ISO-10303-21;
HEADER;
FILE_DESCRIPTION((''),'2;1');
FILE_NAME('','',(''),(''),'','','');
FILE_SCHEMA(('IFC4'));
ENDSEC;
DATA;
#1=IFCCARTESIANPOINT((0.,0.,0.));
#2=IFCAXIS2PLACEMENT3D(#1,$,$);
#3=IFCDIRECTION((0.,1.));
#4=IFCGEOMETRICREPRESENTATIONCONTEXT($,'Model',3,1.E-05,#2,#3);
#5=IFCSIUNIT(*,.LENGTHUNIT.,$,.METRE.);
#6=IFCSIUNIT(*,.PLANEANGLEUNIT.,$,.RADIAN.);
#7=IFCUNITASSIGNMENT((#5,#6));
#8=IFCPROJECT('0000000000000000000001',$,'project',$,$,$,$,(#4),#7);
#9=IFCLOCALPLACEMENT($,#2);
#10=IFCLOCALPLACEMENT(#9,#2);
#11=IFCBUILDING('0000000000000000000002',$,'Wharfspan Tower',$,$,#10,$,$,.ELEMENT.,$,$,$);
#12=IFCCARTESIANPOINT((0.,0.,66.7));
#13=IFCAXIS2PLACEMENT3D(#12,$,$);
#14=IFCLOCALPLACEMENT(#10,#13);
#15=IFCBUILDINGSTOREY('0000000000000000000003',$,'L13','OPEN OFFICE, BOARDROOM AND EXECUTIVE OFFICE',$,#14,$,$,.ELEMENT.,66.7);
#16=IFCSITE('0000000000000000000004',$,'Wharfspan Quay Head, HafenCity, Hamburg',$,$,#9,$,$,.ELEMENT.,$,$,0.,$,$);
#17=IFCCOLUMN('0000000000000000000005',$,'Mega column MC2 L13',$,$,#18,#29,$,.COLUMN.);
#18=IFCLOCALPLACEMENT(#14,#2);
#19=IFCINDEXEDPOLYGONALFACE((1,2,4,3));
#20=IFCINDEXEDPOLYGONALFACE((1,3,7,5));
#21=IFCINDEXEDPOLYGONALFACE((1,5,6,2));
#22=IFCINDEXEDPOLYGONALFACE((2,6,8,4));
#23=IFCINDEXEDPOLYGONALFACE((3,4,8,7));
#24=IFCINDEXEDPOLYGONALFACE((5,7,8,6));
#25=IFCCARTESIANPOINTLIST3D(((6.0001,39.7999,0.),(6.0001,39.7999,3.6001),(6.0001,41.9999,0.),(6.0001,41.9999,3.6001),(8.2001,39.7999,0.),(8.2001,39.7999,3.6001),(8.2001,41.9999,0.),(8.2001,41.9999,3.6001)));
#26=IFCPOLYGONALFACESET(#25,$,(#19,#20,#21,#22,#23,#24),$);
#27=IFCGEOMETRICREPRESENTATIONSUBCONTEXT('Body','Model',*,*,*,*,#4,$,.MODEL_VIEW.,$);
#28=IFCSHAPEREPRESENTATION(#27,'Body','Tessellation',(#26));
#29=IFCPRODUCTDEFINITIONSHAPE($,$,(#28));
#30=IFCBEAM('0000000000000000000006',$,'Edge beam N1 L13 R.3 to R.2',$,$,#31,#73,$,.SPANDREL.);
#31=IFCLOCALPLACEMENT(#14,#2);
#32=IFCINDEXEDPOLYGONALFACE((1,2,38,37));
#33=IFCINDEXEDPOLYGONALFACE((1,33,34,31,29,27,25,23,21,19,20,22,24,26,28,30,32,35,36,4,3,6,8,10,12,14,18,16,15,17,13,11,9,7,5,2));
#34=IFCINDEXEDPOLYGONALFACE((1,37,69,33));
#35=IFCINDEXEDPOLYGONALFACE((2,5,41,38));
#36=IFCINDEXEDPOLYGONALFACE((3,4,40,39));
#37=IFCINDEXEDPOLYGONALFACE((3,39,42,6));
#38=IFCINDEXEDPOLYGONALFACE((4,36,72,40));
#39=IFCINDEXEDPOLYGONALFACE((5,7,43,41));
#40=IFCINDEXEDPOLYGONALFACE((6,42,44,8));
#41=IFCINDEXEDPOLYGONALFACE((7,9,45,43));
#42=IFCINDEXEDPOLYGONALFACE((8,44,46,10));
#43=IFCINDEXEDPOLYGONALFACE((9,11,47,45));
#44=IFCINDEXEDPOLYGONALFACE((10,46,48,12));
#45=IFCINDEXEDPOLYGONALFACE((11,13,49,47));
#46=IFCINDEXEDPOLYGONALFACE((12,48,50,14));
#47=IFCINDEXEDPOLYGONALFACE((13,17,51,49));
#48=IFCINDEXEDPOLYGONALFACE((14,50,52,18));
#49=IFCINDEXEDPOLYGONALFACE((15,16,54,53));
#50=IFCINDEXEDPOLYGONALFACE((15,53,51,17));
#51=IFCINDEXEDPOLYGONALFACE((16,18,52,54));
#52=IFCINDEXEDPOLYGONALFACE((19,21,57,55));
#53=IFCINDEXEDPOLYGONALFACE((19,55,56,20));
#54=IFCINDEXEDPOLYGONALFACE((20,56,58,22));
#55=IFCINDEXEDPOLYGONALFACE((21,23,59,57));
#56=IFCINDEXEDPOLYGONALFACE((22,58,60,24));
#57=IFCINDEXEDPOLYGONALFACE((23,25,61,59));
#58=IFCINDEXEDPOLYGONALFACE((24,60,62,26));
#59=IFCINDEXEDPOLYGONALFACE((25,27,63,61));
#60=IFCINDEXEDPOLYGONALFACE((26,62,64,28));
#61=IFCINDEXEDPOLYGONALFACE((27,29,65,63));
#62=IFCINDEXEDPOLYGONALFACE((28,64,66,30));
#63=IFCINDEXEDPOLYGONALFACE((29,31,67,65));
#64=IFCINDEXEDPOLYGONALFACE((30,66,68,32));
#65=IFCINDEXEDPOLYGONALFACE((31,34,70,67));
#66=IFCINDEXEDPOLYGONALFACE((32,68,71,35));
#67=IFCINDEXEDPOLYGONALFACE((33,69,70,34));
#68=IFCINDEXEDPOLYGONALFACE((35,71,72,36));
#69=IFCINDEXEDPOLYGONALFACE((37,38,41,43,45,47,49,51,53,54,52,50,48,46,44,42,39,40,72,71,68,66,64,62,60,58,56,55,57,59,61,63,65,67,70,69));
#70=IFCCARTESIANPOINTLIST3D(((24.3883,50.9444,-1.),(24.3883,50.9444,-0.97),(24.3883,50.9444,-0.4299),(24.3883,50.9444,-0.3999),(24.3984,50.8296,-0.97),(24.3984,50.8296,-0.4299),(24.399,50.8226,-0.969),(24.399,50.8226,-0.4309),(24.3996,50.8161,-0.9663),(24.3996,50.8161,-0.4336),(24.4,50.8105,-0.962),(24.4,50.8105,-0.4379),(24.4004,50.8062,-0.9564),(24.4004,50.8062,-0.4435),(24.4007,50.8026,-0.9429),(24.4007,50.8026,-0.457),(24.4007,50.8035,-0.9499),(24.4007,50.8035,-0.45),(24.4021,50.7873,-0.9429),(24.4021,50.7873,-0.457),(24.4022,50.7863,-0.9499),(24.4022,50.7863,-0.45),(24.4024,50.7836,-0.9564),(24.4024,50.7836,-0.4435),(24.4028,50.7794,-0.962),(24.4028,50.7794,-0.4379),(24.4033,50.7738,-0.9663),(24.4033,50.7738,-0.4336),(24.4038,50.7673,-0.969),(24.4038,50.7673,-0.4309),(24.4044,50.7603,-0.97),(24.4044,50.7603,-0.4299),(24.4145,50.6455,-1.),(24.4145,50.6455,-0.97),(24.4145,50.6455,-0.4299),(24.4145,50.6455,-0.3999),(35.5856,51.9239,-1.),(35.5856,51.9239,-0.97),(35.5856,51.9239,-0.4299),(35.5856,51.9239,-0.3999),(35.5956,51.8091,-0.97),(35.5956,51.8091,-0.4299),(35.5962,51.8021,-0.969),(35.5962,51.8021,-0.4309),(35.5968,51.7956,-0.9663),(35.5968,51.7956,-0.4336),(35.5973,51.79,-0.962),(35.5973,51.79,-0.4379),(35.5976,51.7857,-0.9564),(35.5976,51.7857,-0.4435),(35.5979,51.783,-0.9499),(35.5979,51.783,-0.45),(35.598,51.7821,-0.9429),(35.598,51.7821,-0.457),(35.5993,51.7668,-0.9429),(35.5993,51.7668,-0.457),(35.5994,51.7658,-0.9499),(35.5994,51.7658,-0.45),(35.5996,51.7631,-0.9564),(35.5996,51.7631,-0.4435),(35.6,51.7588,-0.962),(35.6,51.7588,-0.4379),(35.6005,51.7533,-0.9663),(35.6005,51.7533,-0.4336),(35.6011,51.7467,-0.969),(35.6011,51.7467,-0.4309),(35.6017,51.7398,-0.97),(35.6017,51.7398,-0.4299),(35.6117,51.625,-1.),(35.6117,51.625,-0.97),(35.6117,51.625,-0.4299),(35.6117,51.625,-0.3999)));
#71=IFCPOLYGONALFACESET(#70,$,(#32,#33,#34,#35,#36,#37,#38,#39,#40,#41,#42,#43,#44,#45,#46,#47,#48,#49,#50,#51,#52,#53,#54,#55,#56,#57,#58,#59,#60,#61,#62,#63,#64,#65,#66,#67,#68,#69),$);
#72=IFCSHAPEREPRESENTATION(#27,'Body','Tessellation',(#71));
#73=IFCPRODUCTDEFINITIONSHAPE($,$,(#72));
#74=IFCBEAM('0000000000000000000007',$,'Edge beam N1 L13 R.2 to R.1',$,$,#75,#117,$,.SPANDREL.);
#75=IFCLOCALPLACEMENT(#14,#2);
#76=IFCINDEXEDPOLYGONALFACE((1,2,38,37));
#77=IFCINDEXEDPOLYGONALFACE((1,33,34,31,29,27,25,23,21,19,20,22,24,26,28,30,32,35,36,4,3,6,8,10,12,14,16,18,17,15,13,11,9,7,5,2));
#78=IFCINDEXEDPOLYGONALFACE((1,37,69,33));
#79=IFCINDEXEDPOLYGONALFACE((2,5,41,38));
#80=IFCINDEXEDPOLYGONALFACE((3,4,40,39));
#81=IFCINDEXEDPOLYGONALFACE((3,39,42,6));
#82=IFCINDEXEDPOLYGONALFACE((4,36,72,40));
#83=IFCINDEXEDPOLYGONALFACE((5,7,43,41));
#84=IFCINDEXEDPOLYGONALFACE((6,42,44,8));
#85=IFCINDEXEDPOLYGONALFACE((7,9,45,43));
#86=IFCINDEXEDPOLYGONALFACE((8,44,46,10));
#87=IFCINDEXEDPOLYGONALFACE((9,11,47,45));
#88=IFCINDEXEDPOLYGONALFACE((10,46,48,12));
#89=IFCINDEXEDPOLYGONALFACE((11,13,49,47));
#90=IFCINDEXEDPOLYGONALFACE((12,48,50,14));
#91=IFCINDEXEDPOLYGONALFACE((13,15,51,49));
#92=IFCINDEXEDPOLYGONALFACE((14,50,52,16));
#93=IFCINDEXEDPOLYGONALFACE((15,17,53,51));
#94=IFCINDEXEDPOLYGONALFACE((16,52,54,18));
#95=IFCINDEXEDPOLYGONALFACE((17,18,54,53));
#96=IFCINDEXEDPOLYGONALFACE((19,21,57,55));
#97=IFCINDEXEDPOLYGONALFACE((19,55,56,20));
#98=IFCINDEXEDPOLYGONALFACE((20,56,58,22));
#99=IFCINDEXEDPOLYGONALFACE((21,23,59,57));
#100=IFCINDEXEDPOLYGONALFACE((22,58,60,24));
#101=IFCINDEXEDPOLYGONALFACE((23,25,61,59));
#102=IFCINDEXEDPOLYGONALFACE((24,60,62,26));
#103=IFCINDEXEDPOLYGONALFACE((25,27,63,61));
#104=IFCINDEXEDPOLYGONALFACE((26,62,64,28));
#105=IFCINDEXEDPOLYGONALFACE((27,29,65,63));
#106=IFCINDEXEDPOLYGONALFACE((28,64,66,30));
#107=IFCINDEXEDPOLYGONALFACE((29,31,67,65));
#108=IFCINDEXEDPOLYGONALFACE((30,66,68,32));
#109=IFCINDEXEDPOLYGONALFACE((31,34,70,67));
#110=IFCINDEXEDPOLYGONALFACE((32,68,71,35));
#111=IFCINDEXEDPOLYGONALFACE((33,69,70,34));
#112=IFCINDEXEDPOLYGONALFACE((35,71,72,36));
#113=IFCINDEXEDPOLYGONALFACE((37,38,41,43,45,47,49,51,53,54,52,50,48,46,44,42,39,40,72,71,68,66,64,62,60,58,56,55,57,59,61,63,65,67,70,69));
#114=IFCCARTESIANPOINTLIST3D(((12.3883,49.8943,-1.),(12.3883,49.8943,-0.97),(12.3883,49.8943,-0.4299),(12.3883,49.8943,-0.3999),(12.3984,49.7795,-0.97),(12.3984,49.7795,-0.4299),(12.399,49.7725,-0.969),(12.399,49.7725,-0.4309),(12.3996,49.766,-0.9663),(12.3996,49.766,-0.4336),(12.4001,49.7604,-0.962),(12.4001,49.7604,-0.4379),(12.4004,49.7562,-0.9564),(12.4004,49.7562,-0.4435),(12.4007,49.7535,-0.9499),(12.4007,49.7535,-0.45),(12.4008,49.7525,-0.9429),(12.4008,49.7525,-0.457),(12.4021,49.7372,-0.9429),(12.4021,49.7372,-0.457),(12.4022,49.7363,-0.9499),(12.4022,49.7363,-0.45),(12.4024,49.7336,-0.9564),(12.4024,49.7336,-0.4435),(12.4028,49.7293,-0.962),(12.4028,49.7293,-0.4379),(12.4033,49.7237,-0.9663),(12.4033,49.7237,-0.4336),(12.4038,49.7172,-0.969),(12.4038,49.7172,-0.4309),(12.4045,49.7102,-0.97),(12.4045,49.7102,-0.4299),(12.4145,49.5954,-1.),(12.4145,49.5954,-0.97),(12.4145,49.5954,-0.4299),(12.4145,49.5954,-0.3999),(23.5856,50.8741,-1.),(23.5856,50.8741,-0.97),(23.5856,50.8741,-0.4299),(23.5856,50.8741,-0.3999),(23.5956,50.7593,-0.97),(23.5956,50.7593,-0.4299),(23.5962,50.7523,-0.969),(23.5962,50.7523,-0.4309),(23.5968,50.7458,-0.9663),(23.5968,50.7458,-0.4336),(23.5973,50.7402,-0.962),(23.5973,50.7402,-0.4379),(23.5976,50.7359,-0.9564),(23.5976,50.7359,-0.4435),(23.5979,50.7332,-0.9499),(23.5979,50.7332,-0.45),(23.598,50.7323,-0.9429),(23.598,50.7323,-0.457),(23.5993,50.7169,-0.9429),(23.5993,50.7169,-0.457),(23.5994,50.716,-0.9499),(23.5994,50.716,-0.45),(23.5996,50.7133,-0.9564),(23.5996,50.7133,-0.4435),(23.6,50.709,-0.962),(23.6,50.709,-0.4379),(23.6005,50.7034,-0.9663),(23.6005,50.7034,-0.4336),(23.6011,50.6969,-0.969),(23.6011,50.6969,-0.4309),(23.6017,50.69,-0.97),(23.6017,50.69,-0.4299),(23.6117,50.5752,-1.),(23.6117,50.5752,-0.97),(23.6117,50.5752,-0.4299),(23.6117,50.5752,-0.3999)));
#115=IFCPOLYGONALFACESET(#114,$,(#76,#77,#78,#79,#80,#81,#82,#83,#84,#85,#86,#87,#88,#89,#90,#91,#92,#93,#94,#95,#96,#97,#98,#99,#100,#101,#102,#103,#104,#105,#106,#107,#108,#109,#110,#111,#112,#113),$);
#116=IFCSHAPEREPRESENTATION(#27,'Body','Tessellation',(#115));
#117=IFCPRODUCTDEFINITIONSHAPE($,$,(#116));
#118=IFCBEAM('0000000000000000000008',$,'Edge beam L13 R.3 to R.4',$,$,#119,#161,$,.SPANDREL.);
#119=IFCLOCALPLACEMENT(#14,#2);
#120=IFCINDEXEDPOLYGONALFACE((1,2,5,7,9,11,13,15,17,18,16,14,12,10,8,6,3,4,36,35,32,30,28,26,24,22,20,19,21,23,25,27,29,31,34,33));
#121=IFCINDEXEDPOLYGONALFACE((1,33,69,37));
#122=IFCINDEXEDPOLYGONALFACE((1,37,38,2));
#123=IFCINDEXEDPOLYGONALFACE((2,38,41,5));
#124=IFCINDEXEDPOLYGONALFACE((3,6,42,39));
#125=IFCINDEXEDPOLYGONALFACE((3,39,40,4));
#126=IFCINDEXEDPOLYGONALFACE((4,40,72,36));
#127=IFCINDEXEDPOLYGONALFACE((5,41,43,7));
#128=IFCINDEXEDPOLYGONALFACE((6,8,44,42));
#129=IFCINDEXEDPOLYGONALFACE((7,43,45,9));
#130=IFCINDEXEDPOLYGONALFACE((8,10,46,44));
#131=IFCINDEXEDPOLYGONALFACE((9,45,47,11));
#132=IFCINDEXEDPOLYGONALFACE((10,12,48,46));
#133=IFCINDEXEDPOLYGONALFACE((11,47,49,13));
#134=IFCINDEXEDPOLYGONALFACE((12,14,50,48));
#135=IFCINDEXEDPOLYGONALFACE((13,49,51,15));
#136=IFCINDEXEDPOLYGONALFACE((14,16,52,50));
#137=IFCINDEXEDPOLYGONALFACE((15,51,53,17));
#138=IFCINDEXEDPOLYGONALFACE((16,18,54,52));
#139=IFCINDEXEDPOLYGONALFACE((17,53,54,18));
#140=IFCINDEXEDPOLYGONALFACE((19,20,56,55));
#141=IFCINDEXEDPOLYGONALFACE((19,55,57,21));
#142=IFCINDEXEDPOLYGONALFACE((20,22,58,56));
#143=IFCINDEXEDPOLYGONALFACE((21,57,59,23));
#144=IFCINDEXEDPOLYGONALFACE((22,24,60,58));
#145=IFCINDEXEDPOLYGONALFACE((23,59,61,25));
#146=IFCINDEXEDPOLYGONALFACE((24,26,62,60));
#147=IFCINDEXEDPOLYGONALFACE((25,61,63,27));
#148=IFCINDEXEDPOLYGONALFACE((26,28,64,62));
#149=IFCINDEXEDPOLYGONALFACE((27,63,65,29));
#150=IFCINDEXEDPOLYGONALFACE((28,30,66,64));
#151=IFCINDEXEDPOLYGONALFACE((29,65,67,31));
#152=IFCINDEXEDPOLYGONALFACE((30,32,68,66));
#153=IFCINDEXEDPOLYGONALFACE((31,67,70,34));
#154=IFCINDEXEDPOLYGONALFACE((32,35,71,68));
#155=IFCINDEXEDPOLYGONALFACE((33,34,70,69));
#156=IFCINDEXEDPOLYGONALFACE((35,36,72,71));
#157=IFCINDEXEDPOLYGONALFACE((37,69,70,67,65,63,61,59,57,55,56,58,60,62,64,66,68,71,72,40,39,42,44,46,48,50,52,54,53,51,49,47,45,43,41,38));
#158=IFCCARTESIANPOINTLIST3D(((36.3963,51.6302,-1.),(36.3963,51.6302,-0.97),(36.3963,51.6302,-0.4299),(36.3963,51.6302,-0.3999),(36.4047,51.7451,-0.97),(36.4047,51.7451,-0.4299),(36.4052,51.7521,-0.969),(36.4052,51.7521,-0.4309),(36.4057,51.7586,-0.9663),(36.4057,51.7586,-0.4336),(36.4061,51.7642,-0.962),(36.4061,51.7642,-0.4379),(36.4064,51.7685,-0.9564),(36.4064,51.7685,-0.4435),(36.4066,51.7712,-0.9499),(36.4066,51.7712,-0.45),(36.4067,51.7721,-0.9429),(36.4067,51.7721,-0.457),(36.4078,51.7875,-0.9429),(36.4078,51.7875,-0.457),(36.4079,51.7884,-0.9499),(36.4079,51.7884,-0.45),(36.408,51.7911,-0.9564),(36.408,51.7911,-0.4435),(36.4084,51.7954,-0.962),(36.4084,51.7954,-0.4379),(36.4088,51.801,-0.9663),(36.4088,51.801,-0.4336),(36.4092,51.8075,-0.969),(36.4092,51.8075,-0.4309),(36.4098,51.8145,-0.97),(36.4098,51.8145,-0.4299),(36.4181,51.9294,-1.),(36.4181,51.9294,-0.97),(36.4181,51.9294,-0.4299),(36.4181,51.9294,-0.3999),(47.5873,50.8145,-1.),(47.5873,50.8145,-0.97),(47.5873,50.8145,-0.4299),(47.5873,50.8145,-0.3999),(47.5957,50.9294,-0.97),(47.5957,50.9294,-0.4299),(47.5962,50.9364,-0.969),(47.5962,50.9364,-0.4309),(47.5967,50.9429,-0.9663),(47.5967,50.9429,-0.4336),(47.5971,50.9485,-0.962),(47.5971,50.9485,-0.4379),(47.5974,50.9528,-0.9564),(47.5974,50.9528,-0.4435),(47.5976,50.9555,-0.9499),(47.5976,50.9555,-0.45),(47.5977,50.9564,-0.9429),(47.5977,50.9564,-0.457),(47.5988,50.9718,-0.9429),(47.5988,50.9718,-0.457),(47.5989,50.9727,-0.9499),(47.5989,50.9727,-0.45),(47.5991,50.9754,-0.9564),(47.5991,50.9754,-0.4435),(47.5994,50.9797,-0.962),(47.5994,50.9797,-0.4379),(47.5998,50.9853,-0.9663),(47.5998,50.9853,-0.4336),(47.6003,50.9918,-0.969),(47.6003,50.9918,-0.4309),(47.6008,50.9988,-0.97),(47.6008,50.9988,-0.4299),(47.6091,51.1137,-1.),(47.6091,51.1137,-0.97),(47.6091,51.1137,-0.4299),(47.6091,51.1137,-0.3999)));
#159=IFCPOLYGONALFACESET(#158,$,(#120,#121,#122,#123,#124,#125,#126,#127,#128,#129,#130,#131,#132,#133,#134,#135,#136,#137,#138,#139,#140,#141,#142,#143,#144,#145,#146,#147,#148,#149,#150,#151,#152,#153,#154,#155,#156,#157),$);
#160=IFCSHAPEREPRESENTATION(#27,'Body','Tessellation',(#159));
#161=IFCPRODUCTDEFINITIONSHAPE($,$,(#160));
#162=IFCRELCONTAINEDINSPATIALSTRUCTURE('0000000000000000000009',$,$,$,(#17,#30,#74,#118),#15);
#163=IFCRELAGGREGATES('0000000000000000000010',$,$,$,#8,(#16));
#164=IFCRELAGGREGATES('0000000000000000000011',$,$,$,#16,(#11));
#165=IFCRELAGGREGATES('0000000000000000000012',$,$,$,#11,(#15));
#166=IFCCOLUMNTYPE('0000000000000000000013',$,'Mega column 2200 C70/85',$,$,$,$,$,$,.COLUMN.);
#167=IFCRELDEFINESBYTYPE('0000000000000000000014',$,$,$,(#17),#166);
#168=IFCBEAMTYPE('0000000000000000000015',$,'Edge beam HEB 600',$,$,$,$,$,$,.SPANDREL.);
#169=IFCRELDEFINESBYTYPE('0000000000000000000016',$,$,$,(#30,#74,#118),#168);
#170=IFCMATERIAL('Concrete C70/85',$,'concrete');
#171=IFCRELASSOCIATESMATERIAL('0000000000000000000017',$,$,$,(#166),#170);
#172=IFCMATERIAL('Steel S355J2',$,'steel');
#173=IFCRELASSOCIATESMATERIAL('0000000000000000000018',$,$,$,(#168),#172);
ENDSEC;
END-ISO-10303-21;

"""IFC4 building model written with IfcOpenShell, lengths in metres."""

from ifc_helpers import new_model, si_unit, direction, frame, origin, origin_2d, place, context, subcontext, project, spatial, rectangle, i_section, extrude, material, material_profile, profile_set, type_object, element, save


model = new_model("IFC4")

# Units and contexts
model_context = context("Model", 3, precision=1e-05, world=origin(), true_north=direction((0.0, 1.0)))
body_context = subcontext(model_context, "Body", "Model", "MODEL_VIEW")
ifc_project = project(units=[si_unit("LENGTHUNIT", "METRE"), si_unit("PLANEANGLEUNIT", "RADIAN")], contexts=[model_context])

# Site, building, storey
site_placement = place(None, origin())
site = spatial("IfcSite", under=ifc_project, at=site_placement, Name="Wharfspan Quay Head, HafenCity, Hamburg", CompositionType="ELEMENT", RefElevation=0.0)
building_placement = place(site_placement, origin())
building = spatial("IfcBuilding", under=site, at=building_placement, Name="Wharfspan Tower", CompositionType="ELEMENT")
storey_placement = place(building_placement, frame((0.0, 0.0, 66.7)))
storey = spatial("IfcBuildingStorey", under=building, at=storey_placement, Name="L13", Description="OPEN OFFICE, BOARDROOM AND EXECUTIVE OFFICE", CompositionType="ELEMENT", Elevation=66.7)

# Column
ifc_material_1 = material(Name="Steel S355J2", Category="steel")
ifc_material_2 = material(Name="Concrete C70/85", Category="concrete")
ifc_material_profile_1 = material_profile(ifc_material_2, rectangle(XDim=2.2, YDim=2.2, at=origin_2d()))
ifc_profile_set_1 = profile_set([ifc_material_profile_1], Name="Concrete C70/85")
column_type_1 = type_object("IfcColumnType", Name="Mega column 2200 C70/85", PredefinedType="COLUMN", material=ifc_profile_set_1)
column_1_placement = place(storey_placement, frame((7.1001, 40.8999, 0.0), z_axis=(0.0, 0.0, 1.0), x_axis=(1.0, 0.0, 0.0)))
element("IfcColumn", 1, at=column_1_placement, inside=storey, type_object=column_type_1, Name="Mega column MC2 L13", PredefinedType="COLUMN", context=body_context, shape_type="SweptSolid", body=[
    extrude(rectangle(XDim=2.2, YDim=2.2, at=origin_2d()), origin(), (0.0, 0.0, 1.0), 3.6001),
])

# Beams
ifc_material_profile_2 = material_profile(ifc_material_1, i_section(OverallWidth=0.3, OverallDepth=0.6001, WebThickness=0.0154, FlangeThickness=0.03, FilletRadius=0.0271, at=origin_2d()))
ifc_profile_set_2 = profile_set([ifc_material_profile_2], Name="Steel S355J2")
beam_type = type_object("IfcBeamType", Name="Edge beam HEB 600", PredefinedType="SPANDREL", material=ifc_profile_set_2)
for number, where, z_axis, x_axis, name in (
    (2, (35.5986, 51.7744, -0.7), (-0.996196, -0.087143, 0.0), (0.087143, -0.996196, 0.0), "Edge beam N1 L13 R.3 to R.2"),
    (3, (23.5986, 50.7246, -0.7), (-0.996194, -0.087165, 0.0), (0.087165, -0.996194, 0.0), "Edge beam N1 L13 R.2 to R.1"),
):
    element("IfcBeam", number, at=place(storey_placement, frame(where, z_axis=z_axis, x_axis=x_axis)), inside=storey, type_object=beam_type, Name=name, PredefinedType="SPANDREL", context=body_context, shape_type="SweptSolid", body=[
        extrude(i_section(OverallWidth=0.3, OverallDepth=0.6001, WebThickness=0.0154, FlangeThickness=0.03, FilletRadius=0.0271, at=origin_2d()), origin(), (0.0, 0.0, 1.0), 11.24),
    ])
beam_placement = place(storey_placement, frame((36.4072, 51.7798, -0.7), z_axis=(0.997354, -0.072694, 0.0), x_axis=(0.072694, 0.997354, 0.0)))
element("IfcBeam", 4, at=beam_placement, inside=storey, type_object=beam_type, Name="Edge beam L13 R.3 to R.4", PredefinedType="SPANDREL", context=body_context, shape_type="SweptSolid", body=[
    extrude(i_section(OverallWidth=0.3, OverallDepth=0.6001, WebThickness=0.0154, FlangeThickness=0.03, FilletRadius=0.0271, at=origin_2d()), origin(), (0.0, 0.0, 1.0), 11.2207),
])

save(model, "model.ifc")
